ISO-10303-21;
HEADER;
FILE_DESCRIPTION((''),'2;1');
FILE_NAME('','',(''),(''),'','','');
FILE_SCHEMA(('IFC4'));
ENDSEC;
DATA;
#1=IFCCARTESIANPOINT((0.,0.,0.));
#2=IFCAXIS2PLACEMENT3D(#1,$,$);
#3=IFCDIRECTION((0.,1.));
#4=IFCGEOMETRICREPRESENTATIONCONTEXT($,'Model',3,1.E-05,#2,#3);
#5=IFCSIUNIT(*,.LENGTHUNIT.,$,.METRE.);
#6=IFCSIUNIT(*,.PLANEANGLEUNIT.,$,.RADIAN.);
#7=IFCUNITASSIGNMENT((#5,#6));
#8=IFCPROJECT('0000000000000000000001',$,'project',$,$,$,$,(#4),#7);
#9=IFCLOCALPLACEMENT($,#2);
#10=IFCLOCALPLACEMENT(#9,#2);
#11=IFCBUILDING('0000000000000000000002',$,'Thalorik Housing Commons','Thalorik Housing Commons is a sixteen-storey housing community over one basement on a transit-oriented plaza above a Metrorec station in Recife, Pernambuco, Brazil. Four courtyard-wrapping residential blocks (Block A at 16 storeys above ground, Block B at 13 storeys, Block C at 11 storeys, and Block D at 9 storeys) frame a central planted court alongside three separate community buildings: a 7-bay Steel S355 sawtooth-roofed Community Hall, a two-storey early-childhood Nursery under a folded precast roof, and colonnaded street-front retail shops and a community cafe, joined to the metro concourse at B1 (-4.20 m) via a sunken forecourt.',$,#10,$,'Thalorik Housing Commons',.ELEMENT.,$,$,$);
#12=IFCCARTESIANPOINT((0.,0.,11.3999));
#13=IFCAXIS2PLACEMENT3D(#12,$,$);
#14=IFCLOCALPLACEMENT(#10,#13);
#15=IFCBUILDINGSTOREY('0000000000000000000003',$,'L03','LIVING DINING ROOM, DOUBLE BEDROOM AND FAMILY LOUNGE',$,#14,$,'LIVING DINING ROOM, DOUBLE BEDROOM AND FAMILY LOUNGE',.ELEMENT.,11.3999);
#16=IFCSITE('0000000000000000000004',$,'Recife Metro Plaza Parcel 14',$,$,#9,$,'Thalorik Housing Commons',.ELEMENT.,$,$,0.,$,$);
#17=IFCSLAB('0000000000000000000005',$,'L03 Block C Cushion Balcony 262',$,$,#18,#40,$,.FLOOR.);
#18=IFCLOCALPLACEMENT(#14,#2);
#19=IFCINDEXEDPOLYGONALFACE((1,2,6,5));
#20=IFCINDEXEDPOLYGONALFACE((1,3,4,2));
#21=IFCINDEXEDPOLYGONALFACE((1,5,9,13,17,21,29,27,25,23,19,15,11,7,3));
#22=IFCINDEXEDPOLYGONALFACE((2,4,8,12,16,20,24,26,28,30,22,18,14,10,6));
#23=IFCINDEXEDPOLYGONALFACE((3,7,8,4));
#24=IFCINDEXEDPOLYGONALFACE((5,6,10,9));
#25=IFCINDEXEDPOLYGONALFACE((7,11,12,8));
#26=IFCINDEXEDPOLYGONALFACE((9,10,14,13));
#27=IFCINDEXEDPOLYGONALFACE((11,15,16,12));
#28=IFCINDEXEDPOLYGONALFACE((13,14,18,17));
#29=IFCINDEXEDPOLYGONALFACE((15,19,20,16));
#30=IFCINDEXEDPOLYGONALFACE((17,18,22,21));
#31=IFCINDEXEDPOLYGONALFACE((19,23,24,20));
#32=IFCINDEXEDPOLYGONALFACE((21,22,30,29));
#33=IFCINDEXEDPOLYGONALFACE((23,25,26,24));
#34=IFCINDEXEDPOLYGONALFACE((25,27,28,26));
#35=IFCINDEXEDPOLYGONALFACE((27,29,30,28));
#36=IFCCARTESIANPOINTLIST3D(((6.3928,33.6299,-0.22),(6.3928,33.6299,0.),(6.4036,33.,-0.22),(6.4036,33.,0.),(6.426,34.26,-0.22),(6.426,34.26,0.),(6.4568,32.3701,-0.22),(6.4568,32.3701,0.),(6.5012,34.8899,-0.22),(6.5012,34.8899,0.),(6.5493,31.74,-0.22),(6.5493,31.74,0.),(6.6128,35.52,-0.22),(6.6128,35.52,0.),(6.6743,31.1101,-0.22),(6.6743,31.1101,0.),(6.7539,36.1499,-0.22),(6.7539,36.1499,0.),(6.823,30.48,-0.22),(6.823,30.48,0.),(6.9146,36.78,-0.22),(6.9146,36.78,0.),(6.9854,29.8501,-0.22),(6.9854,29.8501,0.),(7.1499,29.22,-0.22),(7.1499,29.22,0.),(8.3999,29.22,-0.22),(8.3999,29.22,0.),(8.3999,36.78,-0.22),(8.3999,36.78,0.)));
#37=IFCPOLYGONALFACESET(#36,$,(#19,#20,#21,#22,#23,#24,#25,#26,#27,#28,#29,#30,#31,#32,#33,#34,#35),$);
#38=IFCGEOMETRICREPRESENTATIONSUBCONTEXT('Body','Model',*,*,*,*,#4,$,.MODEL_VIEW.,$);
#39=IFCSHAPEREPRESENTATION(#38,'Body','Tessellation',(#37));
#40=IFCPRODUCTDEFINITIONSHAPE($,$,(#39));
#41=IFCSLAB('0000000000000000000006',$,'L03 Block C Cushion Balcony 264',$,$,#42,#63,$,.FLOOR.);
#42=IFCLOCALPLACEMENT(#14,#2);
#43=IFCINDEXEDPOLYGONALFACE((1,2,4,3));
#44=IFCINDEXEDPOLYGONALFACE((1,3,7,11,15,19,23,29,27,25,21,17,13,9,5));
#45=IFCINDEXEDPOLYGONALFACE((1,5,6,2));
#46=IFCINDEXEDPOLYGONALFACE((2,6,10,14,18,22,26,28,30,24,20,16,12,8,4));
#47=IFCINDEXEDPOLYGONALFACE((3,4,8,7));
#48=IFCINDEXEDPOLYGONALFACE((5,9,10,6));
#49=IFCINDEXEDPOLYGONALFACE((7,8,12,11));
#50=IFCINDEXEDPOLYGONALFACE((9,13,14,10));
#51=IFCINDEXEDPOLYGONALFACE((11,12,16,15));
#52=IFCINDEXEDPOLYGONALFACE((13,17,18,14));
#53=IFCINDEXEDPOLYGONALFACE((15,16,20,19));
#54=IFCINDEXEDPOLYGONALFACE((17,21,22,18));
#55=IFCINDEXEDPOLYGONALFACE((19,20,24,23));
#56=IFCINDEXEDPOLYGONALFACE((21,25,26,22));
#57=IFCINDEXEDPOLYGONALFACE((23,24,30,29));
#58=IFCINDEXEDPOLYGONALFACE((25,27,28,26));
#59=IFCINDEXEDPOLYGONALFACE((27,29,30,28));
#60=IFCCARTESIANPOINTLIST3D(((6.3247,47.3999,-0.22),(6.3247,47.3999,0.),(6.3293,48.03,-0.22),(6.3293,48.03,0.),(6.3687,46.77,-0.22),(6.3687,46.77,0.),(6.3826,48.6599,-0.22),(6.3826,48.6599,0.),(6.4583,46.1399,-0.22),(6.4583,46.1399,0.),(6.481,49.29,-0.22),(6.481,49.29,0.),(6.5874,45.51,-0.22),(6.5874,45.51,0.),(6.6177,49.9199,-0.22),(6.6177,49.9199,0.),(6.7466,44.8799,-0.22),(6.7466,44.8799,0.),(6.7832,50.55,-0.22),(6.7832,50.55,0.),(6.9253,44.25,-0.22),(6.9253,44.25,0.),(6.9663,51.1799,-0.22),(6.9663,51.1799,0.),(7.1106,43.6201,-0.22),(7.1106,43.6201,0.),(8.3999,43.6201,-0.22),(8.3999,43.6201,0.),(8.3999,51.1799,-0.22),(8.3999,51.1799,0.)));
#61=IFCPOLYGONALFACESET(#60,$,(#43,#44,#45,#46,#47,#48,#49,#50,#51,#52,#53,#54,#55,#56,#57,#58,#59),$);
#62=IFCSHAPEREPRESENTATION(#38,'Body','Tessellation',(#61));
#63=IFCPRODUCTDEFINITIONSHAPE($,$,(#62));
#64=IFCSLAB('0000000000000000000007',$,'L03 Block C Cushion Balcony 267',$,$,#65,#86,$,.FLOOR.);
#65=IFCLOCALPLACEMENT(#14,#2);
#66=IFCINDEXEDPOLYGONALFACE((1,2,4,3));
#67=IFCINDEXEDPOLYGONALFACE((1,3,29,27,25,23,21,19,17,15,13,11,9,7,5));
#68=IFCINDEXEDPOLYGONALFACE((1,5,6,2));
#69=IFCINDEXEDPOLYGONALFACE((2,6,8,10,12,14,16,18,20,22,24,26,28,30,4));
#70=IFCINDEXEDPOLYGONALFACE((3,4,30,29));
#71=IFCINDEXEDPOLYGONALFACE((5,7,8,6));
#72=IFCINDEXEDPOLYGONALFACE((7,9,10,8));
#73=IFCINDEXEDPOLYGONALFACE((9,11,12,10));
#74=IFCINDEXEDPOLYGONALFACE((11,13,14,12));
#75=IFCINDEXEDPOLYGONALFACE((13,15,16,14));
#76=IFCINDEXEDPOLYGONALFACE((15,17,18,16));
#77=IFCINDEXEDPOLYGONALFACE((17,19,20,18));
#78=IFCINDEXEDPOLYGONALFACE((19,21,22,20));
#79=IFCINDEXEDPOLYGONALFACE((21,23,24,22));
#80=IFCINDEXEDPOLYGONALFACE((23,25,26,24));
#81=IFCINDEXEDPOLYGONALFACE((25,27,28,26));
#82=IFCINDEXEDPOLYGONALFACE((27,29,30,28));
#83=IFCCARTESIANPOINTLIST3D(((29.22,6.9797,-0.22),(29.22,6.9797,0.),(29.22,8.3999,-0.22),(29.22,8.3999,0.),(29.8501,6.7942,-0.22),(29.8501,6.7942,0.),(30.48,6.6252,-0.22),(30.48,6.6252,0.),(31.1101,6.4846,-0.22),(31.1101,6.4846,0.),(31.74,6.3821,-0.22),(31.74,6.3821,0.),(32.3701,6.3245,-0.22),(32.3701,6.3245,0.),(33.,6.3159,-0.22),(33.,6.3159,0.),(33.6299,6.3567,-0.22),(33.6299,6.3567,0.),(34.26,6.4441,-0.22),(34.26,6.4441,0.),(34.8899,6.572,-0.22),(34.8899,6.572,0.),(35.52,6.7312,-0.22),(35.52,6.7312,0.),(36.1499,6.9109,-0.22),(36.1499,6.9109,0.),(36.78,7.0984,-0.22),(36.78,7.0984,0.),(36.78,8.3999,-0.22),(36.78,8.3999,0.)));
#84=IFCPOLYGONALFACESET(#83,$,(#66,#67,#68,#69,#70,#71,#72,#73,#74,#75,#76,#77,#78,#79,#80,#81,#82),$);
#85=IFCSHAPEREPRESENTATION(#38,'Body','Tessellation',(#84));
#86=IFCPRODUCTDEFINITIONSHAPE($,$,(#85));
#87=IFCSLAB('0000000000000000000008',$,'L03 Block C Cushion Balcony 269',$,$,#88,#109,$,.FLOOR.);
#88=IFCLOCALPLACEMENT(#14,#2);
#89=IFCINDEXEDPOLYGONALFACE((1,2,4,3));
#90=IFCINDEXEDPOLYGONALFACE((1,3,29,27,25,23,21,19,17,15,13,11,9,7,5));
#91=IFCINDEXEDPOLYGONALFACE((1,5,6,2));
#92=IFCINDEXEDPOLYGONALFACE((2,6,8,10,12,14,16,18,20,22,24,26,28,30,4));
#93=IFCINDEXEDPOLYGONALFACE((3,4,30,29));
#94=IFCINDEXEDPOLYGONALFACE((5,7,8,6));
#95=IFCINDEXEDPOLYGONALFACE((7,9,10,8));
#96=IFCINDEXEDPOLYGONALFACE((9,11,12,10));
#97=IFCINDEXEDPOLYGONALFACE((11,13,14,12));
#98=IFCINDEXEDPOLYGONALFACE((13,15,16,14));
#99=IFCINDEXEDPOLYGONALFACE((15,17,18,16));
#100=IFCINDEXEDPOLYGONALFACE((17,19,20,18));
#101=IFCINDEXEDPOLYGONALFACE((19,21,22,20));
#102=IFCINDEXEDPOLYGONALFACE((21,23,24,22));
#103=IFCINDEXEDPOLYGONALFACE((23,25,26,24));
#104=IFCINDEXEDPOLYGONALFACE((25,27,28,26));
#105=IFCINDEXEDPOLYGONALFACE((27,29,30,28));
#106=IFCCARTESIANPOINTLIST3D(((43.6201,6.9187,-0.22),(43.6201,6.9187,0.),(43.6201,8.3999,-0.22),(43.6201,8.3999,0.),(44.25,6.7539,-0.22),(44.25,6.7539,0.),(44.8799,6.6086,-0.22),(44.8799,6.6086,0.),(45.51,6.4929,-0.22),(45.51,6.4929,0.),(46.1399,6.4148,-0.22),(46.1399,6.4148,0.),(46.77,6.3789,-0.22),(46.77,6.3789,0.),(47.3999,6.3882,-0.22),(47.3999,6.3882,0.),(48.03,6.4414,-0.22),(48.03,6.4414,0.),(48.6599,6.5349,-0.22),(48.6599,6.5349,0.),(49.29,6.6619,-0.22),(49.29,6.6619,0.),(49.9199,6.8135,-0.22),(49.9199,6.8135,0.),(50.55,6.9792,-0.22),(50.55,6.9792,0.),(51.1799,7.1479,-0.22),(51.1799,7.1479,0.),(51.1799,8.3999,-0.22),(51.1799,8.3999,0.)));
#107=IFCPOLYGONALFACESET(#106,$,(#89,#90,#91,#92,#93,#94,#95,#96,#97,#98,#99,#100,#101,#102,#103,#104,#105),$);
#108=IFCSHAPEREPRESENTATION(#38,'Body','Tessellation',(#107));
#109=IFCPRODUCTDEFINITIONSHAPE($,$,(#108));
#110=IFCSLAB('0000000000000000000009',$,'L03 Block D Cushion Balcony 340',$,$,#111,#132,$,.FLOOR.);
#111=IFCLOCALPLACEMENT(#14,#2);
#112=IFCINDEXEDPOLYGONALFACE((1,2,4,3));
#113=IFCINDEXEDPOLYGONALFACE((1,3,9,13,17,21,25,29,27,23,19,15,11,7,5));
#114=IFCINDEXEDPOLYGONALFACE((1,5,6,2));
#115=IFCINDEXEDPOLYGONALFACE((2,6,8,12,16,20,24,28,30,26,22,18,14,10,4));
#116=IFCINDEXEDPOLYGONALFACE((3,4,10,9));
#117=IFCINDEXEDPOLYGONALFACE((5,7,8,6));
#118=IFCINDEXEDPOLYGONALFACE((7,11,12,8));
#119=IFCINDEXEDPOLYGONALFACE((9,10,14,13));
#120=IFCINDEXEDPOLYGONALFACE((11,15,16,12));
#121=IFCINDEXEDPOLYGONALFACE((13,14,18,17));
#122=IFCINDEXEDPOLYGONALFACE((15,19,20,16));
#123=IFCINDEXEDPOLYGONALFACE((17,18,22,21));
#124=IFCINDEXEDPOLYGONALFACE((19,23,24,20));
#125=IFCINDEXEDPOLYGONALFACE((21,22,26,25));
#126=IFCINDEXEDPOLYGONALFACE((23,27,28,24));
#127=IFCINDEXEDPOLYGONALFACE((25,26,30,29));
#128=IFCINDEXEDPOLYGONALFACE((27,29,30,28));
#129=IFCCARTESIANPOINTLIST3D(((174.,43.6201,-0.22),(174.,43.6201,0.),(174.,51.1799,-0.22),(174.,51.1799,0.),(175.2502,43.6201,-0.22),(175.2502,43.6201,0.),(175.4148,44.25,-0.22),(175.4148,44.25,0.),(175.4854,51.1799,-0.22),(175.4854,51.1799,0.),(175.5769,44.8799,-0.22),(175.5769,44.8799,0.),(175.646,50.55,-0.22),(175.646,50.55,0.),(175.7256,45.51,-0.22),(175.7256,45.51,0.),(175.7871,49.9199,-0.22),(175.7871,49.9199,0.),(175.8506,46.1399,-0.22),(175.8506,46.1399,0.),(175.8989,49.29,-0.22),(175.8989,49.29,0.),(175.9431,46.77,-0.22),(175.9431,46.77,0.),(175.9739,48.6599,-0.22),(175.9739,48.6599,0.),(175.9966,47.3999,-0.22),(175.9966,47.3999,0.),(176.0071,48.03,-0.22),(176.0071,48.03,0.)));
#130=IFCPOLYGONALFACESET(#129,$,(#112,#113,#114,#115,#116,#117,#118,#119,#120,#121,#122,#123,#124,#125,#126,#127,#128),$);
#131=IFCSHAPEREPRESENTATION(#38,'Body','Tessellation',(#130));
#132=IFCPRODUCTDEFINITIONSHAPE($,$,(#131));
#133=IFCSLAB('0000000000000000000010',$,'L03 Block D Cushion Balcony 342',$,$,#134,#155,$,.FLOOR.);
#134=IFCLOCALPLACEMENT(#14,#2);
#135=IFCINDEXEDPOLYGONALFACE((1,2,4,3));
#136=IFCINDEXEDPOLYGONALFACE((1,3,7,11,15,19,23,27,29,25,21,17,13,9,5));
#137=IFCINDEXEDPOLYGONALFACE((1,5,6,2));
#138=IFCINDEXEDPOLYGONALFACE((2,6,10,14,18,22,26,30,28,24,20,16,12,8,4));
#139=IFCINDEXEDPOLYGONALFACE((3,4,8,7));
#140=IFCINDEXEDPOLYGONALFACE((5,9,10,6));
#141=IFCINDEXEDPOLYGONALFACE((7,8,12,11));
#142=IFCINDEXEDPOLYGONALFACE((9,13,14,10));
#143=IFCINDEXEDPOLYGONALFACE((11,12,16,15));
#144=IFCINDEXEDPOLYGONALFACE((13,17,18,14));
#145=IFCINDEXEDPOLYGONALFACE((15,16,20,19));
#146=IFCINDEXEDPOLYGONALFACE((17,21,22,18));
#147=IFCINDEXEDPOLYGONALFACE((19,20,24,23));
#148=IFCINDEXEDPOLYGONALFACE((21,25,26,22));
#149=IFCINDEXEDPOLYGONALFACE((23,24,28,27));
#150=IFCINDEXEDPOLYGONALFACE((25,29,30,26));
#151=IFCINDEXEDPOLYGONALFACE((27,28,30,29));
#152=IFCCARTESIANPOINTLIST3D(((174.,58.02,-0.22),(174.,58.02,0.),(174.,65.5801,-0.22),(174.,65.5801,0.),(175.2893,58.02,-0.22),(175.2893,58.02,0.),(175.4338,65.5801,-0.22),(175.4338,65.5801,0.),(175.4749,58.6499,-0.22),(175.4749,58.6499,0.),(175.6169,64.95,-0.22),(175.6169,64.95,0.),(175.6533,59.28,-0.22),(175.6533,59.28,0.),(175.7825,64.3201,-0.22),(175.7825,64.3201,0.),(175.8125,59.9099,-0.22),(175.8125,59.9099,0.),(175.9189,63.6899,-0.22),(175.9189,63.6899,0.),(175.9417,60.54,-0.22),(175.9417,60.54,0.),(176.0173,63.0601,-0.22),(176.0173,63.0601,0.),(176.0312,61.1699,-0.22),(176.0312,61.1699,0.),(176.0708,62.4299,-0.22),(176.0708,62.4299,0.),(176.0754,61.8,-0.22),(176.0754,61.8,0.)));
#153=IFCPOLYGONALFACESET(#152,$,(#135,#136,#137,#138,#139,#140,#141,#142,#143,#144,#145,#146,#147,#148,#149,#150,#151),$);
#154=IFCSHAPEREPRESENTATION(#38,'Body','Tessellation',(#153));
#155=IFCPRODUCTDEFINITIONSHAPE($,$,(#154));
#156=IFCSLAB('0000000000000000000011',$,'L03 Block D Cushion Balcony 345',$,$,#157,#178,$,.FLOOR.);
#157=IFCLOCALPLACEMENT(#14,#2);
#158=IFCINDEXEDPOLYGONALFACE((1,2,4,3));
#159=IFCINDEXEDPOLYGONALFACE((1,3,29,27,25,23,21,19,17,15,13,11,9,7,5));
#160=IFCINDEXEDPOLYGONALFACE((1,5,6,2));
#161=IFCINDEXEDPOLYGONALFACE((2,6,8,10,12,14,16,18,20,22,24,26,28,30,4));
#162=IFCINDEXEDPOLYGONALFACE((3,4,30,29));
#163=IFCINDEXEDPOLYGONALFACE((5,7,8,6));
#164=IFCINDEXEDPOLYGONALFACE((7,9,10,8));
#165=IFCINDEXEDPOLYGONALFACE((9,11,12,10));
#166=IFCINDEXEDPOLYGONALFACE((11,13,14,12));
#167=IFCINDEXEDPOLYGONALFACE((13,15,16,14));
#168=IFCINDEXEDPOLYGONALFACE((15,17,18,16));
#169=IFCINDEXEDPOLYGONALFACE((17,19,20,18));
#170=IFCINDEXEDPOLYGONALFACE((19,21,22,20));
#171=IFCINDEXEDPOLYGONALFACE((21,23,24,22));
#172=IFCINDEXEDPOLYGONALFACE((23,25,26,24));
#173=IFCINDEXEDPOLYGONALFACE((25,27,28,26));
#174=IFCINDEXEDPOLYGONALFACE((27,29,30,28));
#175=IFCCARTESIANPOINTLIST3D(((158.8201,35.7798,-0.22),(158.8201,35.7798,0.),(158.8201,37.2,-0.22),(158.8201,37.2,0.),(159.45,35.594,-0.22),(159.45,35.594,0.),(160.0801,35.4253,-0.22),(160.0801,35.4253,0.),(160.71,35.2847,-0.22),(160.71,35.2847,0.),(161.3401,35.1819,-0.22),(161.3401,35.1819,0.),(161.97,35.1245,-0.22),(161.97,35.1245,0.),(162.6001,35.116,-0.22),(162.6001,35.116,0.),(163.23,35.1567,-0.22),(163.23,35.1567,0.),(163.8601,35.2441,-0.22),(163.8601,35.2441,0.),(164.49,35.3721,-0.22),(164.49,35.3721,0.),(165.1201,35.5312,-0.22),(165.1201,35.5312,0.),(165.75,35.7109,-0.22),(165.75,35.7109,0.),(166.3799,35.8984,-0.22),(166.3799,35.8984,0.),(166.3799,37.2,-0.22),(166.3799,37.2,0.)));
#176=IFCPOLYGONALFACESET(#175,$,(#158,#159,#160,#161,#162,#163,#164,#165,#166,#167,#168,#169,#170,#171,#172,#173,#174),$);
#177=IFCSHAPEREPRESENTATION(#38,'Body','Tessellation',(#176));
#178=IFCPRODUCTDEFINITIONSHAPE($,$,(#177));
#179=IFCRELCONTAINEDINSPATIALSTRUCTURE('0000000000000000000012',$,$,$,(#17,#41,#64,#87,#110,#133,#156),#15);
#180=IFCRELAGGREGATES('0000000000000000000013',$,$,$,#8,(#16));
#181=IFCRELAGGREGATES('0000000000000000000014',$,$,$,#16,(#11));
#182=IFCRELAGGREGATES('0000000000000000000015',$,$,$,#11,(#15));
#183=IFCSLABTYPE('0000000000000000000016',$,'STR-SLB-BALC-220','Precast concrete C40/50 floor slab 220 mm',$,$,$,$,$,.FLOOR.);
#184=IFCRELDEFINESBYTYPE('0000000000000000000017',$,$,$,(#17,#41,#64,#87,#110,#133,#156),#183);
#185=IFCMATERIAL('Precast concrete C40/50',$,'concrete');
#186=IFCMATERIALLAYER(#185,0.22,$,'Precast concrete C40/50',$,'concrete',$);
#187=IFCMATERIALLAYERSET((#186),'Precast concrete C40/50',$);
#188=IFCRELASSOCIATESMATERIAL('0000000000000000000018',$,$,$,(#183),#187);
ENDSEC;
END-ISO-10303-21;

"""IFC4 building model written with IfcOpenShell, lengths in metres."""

from ifc_helpers import new_model, si_unit, direction, frame, origin, place, context, subcontext, project, spatial, polyline, outline, extrude, material, layer, layer_set, type_object, element, save


model = new_model("IFC4")

# Units and contexts
model_context = context("Model", 3, precision=1e-05, world=origin(), true_north=direction((0.0, 1.0)))
body_context = subcontext(model_context, "Body", "Model", "MODEL_VIEW")
ifc_project = project(units=[si_unit("LENGTHUNIT", "METRE"), si_unit("PLANEANGLEUNIT", "RADIAN")], contexts=[model_context])

# Site, building, storey
site_placement = place(None, origin())
site = spatial("IfcSite", under=ifc_project, at=site_placement, Name="Recife Metro Plaza Parcel 14", LongName="Thalorik Housing Commons", CompositionType="ELEMENT", RefElevation=0.0)
building_placement = place(site_placement, origin())
building = spatial("IfcBuilding", under=site, at=building_placement, Name="Thalorik Housing Commons", Description="Thalorik Housing Commons is a sixteen-storey housing community over one basement on a transit-oriented plaza above a Metrorec station in Recife, Pernambuco, Brazil. Four courtyard-wrapping residential blocks (Block A at 16 storeys above ground, Block B at 13 storeys, Block C at 11 storeys, and Block D at 9 storeys) frame a central planted court alongside three separate community buildings: a 7-bay Steel S355 sawtooth-roofed Community Hall, a two-storey early-childhood Nursery under a folded precast roof, and colonnaded street-front retail shops and a community cafe, joined to the metro concourse at B1 (-4.20 m) via a sunken forecourt.", LongName="Thalorik Housing Commons", CompositionType="ELEMENT")
storey_placement = place(building_placement, frame((0.0, 0.0, 11.3999)))
storey = spatial("IfcBuildingStorey", under=building, at=storey_placement, Name="L03", Description="LIVING DINING ROOM, DOUBLE BEDROOM AND FAMILY LOUNGE", LongName="LIVING DINING ROOM, DOUBLE BEDROOM AND FAMILY LOUNGE", CompositionType="ELEMENT", Elevation=11.3999)

# Slabs
ifc_material_1 = material(Name="Precast concrete C40/50", Category="concrete")
ifc_layer_1 = layer(ifc_material_1, 0.22, Name="Precast concrete C40/50", Category="concrete")
ifc_layer_set_1 = layer_set([ifc_layer_1], Name="Precast concrete C40/50")
slab_type_1 = type_object("IfcSlabType", Name="STR-SLB-BALC-220", Description="Precast concrete C40/50 floor slab 220 mm", PredefinedType="FLOOR", material=ifc_layer_set_1)
slab_1_placement = place(storey_placement, frame((0.0, 0.0, -0.22)))
element("IfcSlab", 1, at=slab_1_placement, inside=storey, type_object=slab_type_1, Name="L03 Block C Cushion Balcony 262", PredefinedType="FLOOR", context=body_context, shape_type="SweptSolid", body=[
    extrude(outline(polyline([(8.3999, 29.22), (8.3999, 36.78), (6.9146, 36.78), (6.7539, 36.1499), (6.6128, 35.52), (6.5012, 34.8899), (6.426, 34.26), (6.3928, 33.6299), (6.4036, 33.0), (6.4568, 32.3701), (6.5493, 31.74), (6.6743, 31.1101), (6.823, 30.48), (6.9854, 29.8501), (7.1499, 29.22), (8.3999, 29.22)])), origin(), (0.0, 0.0, 1.0), 0.22),
])
slab_2_placement = place(storey_placement, frame((0.0, 0.0, -0.22)))
element("IfcSlab", 2, at=slab_2_placement, inside=storey, type_object=slab_type_1, Name="L03 Block C Cushion Balcony 264", PredefinedType="FLOOR", context=body_context, shape_type="SweptSolid", body=[
    extrude(outline(polyline([(8.3999, 43.6201), (8.3999, 51.1799), (6.9663, 51.1799), (6.7832, 50.55), (6.6177, 49.9199), (6.481, 49.29), (6.3826, 48.6599), (6.3293, 48.03), (6.3247, 47.3999), (6.3687, 46.77), (6.4583, 46.1399), (6.5874, 45.51), (6.7466, 44.8799), (6.9253, 44.25), (7.1106, 43.6201), (8.3999, 43.6201)])), origin(), (0.0, 0.0, 1.0), 0.22),
])
slab_3_placement = place(storey_placement, frame((0.0, 0.0, -0.22)))
element("IfcSlab", 3, at=slab_3_placement, inside=storey, type_object=slab_type_1, Name="L03 Block C Cushion Balcony 267", PredefinedType="FLOOR", context=body_context, shape_type="SweptSolid", body=[
    extrude(outline(polyline([(29.22, 6.9797), (29.8501, 6.7942), (30.48, 6.6252), (31.1101, 6.4846), (31.74, 6.3821), (32.3701, 6.3245), (33.0, 6.3159), (33.6299, 6.3567), (34.26, 6.4441), (34.8899, 6.572), (35.52, 6.7312), (36.1499, 6.9109), (36.78, 7.0984), (36.78, 8.3999), (29.22, 8.3999), (29.22, 6.9797)])), origin(), (0.0, 0.0, 1.0), 0.22),
])
slab_4_placement = place(storey_placement, frame((0.0, 0.0, -0.22)))
element("IfcSlab", 4, at=slab_4_placement, inside=storey, type_object=slab_type_1, Name="L03 Block C Cushion Balcony 269", PredefinedType="FLOOR", context=body_context, shape_type="SweptSolid", body=[
    extrude(outline(polyline([(43.6201, 6.9187), (44.25, 6.7539), (44.8799, 6.6086), (45.51, 6.4929), (46.1399, 6.4148), (46.77, 6.3789), (47.3999, 6.3882), (48.03, 6.4414), (48.6599, 6.5349), (49.29, 6.6619), (49.9199, 6.8135), (50.55, 6.9792), (51.1799, 7.1479), (51.1799, 8.3999), (43.6201, 8.3999), (43.6201, 6.9187)])), origin(), (0.0, 0.0, 1.0), 0.22),
])
slab_5_placement = place(storey_placement, frame((0.0, 0.0, -0.22)))
element("IfcSlab", 5, at=slab_5_placement, inside=storey, type_object=slab_type_1, Name="L03 Block D Cushion Balcony 340", PredefinedType="FLOOR", context=body_context, shape_type="SweptSolid", body=[
    extrude(outline(polyline([(175.2502, 43.6201), (175.4148, 44.25), (175.5769, 44.8799), (175.7256, 45.51), (175.8506, 46.1399), (175.9431, 46.77), (175.9966, 47.3999), (176.0071, 48.03), (175.9739, 48.6599), (175.8989, 49.29), (175.7871, 49.9199), (175.646, 50.55), (175.4854, 51.1799), (174.0, 51.1799), (174.0, 43.6201), (175.2502, 43.6201)])), origin(), (0.0, 0.0, 1.0), 0.22),
])
slab_6_placement = place(storey_placement, frame((0.0, 0.0, -0.22)))
element("IfcSlab", 6, at=slab_6_placement, inside=storey, type_object=slab_type_1, Name="L03 Block D Cushion Balcony 342", PredefinedType="FLOOR", context=body_context, shape_type="SweptSolid", body=[
    extrude(outline(polyline([(175.2893, 58.02), (175.4749, 58.6499), (175.6533, 59.28), (175.8125, 59.9099), (175.9417, 60.54), (176.0312, 61.1699), (176.0754, 61.8), (176.0708, 62.4299), (176.0173, 63.0601), (175.9189, 63.6899), (175.7825, 64.3201), (175.6169, 64.95), (175.4338, 65.5801), (174.0, 65.5801), (174.0, 58.02), (175.2893, 58.02)])), origin(), (0.0, 0.0, 1.0), 0.22),
])
slab_7_placement = place(storey_placement, frame((0.0, 0.0, -0.22)))
element("IfcSlab", 7, at=slab_7_placement, inside=storey, type_object=slab_type_1, Name="L03 Block D Cushion Balcony 345", PredefinedType="FLOOR", context=body_context, shape_type="SweptSolid", body=[
    extrude(outline(polyline([(158.8201, 35.7798), (159.45, 35.594), (160.0801, 35.4253), (160.71, 35.2847), (161.3401, 35.1819), (161.97, 35.1245), (162.6001, 35.116), (163.23, 35.1567), (163.8601, 35.2441), (164.49, 35.3721), (165.1201, 35.5312), (165.75, 35.7109), (166.3799, 35.8984), (166.3799, 37.2), (158.8201, 37.2), (158.8201, 35.7798)])), origin(), (0.0, 0.0, 1.0), 0.22),
])

save(model, "model.ifc")
